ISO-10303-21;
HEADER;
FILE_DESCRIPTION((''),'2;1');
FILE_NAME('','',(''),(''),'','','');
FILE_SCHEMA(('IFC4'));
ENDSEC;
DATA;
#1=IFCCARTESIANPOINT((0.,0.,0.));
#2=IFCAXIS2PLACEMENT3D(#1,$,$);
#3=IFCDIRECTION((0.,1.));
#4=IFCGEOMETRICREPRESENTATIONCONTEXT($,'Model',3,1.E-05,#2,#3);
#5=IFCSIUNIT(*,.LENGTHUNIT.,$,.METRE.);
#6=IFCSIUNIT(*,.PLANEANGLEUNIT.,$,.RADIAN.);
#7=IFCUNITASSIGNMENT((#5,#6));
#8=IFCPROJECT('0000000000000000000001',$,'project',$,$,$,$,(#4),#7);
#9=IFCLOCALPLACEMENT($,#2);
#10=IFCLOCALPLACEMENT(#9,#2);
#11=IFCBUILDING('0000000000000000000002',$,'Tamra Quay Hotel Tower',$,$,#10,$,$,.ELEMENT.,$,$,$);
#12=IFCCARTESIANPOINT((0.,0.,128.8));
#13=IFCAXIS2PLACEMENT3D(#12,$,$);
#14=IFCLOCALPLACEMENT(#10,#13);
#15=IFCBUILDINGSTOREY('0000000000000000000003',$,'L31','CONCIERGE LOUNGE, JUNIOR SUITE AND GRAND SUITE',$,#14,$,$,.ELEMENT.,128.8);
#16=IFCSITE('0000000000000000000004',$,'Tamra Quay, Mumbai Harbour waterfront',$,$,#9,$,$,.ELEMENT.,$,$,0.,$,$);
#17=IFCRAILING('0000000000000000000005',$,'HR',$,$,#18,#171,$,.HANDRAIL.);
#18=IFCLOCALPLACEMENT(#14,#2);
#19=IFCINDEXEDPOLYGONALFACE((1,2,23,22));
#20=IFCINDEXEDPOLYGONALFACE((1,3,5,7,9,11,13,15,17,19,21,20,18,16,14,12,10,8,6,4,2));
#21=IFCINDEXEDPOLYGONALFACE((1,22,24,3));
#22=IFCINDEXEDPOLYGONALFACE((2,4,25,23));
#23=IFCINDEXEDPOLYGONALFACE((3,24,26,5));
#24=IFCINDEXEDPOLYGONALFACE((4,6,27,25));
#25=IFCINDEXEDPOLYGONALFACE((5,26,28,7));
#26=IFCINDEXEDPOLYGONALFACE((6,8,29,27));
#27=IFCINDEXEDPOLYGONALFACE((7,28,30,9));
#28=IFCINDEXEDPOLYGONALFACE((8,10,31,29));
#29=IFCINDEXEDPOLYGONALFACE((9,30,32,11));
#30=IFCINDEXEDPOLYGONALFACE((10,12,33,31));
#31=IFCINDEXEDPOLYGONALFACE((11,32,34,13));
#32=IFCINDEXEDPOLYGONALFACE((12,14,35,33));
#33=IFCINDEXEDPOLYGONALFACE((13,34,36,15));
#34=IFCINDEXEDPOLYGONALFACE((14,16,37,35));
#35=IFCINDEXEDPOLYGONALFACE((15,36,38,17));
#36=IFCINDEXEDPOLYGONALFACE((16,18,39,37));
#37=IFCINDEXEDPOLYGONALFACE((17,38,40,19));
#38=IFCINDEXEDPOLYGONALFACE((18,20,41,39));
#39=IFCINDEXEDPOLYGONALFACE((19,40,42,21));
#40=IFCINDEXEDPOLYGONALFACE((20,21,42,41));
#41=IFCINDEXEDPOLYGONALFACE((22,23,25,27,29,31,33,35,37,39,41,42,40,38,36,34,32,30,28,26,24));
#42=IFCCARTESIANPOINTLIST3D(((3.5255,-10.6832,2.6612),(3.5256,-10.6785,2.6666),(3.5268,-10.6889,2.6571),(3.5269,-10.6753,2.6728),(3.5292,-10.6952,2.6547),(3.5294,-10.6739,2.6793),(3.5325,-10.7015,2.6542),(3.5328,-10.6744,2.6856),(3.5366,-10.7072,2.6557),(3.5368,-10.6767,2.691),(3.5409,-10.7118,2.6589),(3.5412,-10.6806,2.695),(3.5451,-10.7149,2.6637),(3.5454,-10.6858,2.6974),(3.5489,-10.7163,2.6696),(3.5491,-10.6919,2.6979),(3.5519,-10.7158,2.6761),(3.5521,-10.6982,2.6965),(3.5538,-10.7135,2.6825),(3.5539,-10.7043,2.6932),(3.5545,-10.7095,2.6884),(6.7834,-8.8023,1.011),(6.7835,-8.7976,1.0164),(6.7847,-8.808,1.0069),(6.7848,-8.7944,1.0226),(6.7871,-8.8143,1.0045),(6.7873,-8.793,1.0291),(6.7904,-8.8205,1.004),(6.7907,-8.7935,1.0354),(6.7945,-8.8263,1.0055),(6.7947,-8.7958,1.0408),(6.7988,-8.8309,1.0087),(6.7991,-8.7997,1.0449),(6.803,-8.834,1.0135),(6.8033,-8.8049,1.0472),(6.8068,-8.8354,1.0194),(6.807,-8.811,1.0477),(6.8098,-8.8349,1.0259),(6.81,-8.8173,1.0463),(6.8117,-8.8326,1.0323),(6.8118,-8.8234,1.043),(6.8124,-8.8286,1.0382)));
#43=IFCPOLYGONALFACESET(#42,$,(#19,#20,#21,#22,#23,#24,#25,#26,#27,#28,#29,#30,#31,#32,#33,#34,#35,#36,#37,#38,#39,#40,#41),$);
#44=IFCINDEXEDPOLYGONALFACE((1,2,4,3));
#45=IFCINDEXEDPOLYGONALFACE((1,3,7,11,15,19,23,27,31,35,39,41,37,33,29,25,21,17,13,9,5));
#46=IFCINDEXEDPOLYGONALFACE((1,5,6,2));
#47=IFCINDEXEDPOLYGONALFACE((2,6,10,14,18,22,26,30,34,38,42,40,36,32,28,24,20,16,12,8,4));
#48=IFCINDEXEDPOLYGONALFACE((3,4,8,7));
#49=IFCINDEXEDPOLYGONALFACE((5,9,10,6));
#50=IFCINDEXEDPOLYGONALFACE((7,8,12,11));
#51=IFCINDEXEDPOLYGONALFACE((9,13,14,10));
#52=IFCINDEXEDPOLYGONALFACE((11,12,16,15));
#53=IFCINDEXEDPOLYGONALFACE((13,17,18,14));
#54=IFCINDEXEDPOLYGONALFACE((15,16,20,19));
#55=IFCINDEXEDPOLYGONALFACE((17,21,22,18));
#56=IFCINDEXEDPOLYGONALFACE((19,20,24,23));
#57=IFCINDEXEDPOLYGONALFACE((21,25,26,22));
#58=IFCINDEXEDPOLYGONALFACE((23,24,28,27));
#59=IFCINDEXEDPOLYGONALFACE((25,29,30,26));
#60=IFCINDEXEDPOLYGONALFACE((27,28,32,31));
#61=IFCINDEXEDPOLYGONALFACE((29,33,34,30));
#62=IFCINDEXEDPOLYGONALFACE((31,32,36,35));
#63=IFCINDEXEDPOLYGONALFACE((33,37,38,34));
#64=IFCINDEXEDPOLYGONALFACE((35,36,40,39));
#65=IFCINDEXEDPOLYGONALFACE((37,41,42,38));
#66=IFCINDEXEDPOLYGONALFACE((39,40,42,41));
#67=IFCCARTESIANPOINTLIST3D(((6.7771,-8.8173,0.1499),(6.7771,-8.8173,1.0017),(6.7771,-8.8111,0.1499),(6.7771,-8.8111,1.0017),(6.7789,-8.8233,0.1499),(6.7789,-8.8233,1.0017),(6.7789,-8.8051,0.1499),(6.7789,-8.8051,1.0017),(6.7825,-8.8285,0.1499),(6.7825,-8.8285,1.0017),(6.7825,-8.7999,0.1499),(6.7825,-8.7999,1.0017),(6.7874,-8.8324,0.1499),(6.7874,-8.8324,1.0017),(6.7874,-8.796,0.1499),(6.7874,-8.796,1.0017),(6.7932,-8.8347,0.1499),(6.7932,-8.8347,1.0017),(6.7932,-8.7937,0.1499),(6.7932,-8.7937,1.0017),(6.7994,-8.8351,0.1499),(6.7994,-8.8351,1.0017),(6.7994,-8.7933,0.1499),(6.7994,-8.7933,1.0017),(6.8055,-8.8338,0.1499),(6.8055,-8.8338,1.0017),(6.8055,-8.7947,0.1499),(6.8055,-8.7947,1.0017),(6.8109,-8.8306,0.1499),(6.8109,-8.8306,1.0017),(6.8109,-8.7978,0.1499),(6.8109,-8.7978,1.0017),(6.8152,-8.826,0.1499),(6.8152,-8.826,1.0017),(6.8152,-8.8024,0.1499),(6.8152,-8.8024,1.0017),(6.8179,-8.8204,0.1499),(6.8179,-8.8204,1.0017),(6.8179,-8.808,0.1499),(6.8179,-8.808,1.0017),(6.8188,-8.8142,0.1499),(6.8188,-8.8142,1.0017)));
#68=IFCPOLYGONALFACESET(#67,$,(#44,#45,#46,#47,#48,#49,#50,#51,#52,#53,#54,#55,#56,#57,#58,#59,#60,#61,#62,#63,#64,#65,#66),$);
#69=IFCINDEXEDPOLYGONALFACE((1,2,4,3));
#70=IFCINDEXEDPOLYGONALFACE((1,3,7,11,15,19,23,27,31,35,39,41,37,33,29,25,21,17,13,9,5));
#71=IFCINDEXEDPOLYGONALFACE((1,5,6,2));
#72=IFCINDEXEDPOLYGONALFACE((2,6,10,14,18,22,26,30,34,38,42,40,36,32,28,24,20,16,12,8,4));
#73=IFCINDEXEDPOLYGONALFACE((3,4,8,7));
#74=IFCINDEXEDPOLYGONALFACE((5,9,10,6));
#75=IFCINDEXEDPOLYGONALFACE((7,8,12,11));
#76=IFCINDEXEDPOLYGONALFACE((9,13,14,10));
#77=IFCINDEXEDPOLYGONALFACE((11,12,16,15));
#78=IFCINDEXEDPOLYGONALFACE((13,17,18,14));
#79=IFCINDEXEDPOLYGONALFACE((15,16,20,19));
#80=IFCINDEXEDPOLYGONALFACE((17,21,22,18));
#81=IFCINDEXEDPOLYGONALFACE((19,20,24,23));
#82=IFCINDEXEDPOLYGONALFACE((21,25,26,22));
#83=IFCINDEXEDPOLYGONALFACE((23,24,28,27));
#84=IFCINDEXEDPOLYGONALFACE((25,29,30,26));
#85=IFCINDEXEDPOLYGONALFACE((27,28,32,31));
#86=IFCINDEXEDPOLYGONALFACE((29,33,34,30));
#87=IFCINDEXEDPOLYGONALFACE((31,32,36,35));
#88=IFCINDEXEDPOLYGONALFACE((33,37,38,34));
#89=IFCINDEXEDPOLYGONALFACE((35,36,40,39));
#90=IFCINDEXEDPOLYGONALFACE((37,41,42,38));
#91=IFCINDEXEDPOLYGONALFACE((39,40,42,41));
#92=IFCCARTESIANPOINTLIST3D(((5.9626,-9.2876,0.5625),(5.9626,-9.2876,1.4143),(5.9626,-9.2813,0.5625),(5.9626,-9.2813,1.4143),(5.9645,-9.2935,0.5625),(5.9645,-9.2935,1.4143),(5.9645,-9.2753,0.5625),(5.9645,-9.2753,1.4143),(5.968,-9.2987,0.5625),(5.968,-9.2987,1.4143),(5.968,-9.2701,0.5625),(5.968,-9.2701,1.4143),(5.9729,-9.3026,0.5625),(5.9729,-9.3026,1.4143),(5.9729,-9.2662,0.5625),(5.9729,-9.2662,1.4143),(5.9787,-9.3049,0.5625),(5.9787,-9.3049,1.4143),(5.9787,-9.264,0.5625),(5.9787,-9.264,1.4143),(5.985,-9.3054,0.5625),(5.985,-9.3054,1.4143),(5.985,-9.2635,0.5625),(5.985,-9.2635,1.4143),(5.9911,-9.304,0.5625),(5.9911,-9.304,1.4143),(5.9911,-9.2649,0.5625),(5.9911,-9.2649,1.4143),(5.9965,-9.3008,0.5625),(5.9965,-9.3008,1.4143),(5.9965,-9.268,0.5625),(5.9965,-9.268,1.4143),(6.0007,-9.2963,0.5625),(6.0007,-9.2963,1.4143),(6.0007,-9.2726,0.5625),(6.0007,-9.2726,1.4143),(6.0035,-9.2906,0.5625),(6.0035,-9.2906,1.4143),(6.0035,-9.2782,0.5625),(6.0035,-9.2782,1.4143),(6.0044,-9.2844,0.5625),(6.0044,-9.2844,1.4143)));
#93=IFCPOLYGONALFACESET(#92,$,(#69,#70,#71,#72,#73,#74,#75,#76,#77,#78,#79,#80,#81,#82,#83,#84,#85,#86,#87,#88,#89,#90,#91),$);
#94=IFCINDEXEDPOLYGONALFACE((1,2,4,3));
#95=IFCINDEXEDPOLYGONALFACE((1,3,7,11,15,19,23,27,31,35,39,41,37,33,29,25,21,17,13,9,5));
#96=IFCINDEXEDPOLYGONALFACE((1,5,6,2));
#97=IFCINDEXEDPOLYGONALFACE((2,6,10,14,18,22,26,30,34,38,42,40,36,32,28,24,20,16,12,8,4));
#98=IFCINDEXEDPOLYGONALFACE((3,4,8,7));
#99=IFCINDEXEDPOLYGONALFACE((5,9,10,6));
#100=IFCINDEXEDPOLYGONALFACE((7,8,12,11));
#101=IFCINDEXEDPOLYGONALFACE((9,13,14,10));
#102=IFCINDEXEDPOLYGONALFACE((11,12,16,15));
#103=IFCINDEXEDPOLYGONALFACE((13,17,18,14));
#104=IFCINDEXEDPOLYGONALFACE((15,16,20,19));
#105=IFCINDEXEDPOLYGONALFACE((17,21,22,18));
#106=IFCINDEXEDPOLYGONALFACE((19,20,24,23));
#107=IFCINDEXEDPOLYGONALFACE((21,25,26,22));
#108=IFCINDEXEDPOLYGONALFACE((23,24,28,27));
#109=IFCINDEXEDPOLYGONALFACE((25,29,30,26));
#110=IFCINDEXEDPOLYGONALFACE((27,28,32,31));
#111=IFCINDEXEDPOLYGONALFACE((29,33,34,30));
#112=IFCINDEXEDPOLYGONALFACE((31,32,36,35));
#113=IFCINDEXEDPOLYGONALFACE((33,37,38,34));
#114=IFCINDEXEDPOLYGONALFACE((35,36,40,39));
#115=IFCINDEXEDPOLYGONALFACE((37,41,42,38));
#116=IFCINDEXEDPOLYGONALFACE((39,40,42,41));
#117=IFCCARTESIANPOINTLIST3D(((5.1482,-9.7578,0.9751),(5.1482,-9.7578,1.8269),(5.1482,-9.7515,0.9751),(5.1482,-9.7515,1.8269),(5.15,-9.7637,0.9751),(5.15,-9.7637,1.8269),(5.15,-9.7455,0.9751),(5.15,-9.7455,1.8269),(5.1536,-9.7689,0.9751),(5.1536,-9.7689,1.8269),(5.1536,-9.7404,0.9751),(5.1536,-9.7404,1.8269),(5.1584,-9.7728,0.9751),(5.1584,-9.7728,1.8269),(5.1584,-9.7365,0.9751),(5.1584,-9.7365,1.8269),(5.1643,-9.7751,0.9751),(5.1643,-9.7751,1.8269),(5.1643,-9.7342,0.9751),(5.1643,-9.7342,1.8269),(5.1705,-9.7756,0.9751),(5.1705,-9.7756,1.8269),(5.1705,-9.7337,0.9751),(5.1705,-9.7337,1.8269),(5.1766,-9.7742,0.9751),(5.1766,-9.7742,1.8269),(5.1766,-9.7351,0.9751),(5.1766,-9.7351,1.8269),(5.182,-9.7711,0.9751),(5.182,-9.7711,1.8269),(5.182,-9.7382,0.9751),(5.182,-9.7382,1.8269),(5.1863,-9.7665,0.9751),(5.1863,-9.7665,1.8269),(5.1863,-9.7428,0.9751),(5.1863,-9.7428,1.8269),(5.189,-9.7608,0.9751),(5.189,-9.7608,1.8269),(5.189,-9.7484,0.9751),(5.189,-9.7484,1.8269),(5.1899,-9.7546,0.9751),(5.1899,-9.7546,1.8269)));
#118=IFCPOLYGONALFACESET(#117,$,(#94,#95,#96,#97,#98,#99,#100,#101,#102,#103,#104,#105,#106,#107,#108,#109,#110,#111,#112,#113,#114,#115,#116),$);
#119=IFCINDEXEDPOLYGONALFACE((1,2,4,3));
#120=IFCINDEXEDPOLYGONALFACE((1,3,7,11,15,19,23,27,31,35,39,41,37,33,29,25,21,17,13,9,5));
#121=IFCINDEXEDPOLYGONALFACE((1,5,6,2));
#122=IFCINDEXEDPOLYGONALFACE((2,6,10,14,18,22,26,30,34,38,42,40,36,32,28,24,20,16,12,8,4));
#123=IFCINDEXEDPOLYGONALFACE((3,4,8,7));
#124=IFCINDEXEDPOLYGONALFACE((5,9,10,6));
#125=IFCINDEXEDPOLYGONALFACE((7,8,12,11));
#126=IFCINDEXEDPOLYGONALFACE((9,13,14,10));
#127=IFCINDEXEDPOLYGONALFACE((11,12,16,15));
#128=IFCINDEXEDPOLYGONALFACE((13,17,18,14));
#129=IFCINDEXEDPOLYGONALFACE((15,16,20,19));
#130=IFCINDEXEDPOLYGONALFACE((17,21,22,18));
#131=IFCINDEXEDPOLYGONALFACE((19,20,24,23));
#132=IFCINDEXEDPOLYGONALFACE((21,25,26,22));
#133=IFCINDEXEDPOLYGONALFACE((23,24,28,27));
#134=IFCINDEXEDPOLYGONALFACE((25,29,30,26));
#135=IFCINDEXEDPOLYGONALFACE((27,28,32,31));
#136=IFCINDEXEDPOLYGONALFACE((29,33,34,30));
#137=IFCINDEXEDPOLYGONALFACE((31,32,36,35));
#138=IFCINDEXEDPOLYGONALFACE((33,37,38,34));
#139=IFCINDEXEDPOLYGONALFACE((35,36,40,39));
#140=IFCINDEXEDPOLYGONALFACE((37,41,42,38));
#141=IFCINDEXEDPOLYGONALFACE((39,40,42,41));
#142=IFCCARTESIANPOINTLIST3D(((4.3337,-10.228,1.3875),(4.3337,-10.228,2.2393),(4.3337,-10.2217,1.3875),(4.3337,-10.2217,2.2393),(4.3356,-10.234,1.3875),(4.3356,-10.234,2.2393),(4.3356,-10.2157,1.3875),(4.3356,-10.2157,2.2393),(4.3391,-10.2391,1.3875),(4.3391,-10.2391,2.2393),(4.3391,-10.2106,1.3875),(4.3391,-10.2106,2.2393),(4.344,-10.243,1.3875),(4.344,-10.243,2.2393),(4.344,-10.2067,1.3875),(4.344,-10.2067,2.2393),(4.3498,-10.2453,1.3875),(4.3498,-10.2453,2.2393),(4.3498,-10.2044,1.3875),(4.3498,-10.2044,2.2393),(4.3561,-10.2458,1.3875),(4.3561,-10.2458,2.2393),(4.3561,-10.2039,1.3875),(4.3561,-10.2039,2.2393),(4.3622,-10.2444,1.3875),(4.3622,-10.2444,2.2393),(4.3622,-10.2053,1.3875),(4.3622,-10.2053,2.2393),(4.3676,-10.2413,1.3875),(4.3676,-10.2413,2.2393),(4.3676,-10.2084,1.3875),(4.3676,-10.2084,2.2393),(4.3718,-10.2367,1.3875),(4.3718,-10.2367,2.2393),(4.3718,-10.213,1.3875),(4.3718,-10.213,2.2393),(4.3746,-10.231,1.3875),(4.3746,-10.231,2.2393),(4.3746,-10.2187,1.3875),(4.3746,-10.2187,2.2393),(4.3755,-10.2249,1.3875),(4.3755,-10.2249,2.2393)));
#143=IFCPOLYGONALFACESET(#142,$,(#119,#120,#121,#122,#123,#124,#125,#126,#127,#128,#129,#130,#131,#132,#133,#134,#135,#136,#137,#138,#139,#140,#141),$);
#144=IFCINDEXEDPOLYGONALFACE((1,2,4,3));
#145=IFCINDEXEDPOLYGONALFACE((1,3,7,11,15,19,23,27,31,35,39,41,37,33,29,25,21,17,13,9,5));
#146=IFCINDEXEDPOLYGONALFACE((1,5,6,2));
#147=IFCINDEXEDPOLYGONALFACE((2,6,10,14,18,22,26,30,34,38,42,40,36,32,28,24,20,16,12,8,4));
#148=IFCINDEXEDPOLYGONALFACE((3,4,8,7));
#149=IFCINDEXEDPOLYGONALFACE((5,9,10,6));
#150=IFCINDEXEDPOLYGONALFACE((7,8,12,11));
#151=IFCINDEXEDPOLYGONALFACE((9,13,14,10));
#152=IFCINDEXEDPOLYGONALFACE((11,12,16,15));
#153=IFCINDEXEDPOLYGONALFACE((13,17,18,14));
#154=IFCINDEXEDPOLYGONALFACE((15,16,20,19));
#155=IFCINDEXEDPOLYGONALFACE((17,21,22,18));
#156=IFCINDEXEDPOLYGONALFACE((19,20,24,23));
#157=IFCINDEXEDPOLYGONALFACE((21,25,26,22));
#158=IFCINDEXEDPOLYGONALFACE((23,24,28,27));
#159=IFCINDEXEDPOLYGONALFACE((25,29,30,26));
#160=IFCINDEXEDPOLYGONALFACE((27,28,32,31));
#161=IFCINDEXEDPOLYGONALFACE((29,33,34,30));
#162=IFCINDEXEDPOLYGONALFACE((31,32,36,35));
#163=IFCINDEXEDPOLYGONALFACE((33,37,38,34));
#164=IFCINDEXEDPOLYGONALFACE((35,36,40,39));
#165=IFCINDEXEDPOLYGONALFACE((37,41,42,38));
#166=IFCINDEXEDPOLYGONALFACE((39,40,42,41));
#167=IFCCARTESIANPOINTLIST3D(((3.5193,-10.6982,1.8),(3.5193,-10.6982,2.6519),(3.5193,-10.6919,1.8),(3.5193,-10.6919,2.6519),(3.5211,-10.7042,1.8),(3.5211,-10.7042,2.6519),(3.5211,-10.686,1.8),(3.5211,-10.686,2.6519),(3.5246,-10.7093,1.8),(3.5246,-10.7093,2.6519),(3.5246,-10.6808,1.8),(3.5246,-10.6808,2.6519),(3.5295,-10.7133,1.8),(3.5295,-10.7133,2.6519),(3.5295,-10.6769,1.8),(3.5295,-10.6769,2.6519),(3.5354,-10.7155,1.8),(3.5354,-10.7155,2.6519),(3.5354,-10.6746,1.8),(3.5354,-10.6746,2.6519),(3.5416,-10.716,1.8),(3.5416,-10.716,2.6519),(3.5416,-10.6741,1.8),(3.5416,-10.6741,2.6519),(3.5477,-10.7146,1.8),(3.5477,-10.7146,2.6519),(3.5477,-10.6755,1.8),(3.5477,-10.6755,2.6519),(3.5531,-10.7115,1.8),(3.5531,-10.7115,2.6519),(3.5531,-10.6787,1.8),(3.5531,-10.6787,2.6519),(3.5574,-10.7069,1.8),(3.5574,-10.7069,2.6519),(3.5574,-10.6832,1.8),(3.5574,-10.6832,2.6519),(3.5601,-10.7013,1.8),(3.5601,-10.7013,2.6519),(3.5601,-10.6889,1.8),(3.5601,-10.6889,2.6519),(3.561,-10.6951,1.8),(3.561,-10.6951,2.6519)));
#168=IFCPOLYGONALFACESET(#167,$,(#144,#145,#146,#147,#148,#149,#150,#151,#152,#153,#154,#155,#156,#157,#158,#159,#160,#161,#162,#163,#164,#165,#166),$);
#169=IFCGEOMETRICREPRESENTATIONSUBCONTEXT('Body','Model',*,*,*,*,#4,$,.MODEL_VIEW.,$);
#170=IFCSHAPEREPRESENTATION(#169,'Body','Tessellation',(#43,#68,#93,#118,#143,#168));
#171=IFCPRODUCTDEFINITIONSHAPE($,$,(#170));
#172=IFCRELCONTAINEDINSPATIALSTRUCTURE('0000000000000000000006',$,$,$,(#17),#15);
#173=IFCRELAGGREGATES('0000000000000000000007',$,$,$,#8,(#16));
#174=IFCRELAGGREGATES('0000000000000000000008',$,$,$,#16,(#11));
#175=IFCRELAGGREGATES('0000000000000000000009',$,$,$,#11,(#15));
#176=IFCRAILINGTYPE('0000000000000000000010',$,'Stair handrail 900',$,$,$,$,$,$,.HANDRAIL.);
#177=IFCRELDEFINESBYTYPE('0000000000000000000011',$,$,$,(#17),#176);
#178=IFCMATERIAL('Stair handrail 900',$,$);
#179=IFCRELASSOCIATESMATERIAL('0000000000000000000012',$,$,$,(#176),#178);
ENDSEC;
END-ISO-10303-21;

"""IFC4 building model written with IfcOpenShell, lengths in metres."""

from ifc_helpers import new_model, si_unit, direction, frame, origin, origin_2d, place, context, subcontext, project, spatial, circle, extrude, material, type_object, element, save


model = new_model("IFC4")

# Units and contexts
model_context = context("Model", 3, precision=1e-05, world=origin(), true_north=direction((0.0, 1.0)))
body_context = subcontext(model_context, "Body", "Model", "MODEL_VIEW")
ifc_project = project(units=[si_unit("LENGTHUNIT", "METRE"), si_unit("PLANEANGLEUNIT", "RADIAN")], contexts=[model_context])

# Site, building, storey
site_placement = place(None, origin())
site = spatial("IfcSite", under=ifc_project, at=site_placement, Name="Tamra Quay, Mumbai Harbour waterfront", CompositionType="ELEMENT", RefElevation=0.0)
building_placement = place(site_placement, origin())
building = spatial("IfcBuilding", under=site, at=building_placement, Name="Tamra Quay Hotel Tower", CompositionType="ELEMENT")
storey_placement = place(building_placement, frame((0.0, 0.0, 128.8)))
storey = spatial("IfcBuildingStorey", under=building, at=storey_placement, Name="L31", Description="CONCIERGE LOUNGE, JUNIOR SUITE AND GRAND SUITE", CompositionType="ELEMENT", Elevation=128.8)

# Railing
ifc_material_1 = material(Name="Stair handrail 900")
railing_type_1 = type_object("IfcRailingType", Name="Stair handrail 900", PredefinedType="HANDRAIL", material=ifc_material_1)
railing_1_placement = place(storey_placement, frame((6.7979, -8.8142, 0.1499)))
element("IfcRailing", 1, at=railing_1_placement, inside=storey, type_object=railing_type_1, Name="HR", PredefinedType="HANDRAIL", context=body_context, shape_type="SweptSolid", body=[
    extrude(circle(Radius=0.0239, at=origin_2d()), frame((0.0, 0.0, 0.876), z_axis=(-0.793081, -0.457876, 0.401711), x_axis=(0.499992, -0.86603, 0.0)), (0.0, 0.0, 1.0), 4.1079),
    extrude(circle(Radius=0.021, at=origin_2d()), origin(), (0.0, 0.0, 1.0), 0.8518),
    extrude(circle(Radius=0.021, at=origin_2d()), frame((-0.8145, -0.4702, 0.4126)), (0.0, 0.0, 1.0), 0.8518),
    extrude(circle(Radius=0.021, at=origin_2d()), frame((-1.6289, -0.9404, 0.8252)), (0.0, 0.0, 1.0), 0.8518),
    extrude(circle(Radius=0.021, at=origin_2d()), frame((-2.4434, -1.4106, 1.2375)), (0.0, 0.0, 1.0), 0.8518),
    extrude(circle(Radius=0.021, at=origin_2d()), frame((-3.2578, -1.8809, 1.6501)), (0.0, 0.0, 1.0), 0.8518),
])

save(model, "model.ifc")
